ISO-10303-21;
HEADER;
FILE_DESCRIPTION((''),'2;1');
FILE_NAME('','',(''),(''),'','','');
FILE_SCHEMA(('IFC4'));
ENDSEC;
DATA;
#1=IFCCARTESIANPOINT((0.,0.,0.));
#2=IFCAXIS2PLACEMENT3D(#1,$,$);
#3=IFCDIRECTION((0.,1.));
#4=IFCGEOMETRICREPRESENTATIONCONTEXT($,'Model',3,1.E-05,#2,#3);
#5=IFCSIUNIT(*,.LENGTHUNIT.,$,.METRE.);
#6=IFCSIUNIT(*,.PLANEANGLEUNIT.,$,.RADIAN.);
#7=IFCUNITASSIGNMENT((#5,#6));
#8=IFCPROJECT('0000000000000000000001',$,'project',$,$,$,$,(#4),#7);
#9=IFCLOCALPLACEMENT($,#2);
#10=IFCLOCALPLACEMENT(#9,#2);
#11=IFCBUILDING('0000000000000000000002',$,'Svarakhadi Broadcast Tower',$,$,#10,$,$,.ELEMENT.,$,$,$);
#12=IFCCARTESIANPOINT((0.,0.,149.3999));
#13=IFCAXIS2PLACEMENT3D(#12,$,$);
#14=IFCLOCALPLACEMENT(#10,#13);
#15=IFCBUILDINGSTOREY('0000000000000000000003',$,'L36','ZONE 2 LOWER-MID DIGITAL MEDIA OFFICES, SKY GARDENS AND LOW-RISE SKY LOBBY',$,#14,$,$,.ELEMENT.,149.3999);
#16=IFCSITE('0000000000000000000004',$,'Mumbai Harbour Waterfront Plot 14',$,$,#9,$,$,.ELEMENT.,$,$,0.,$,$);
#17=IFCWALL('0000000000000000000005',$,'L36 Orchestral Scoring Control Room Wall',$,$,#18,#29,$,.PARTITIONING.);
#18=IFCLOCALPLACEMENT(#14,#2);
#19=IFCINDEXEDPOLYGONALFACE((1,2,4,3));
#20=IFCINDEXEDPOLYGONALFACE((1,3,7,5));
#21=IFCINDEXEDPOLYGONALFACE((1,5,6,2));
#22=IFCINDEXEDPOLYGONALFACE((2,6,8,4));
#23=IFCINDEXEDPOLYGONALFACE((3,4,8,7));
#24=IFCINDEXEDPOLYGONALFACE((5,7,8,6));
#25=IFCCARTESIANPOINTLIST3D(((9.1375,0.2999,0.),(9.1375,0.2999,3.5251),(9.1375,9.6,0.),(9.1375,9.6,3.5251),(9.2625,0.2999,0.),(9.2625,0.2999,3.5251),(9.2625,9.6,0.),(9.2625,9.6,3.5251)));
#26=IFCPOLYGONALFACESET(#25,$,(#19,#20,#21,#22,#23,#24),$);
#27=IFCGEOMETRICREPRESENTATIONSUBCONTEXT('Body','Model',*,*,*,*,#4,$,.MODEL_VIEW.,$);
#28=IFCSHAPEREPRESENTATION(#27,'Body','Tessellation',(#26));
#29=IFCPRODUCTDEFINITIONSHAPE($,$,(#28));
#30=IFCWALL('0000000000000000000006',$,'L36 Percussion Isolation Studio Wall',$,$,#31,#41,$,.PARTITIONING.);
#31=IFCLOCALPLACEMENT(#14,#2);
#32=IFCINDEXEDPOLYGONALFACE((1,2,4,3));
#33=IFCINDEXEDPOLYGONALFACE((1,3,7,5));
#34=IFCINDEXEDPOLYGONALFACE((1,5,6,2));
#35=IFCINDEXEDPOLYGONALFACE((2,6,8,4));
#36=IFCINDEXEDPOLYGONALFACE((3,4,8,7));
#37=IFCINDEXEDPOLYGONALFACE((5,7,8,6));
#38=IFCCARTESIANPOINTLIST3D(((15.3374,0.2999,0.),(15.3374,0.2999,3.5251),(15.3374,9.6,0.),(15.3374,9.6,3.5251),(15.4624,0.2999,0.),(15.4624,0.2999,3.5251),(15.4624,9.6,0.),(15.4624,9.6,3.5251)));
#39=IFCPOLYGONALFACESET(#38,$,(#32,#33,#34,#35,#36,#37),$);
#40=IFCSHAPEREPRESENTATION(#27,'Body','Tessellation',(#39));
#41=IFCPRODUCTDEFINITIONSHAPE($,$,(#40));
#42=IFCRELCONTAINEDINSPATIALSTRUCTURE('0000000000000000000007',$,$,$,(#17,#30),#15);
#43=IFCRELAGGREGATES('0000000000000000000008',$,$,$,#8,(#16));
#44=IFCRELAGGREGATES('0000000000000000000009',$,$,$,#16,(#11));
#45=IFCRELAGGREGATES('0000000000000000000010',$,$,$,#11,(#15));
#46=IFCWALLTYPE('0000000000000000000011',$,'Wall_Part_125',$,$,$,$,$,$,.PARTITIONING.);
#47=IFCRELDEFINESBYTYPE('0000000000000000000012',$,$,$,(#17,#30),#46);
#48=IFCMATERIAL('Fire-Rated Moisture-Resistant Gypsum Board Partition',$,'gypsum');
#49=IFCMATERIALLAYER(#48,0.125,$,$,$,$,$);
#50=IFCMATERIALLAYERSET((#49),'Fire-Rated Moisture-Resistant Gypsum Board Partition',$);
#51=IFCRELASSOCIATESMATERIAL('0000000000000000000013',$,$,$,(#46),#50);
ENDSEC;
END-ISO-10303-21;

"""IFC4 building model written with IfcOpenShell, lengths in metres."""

from ifc_helpers import new_model, si_unit, direction, frame, frame_2d, origin, place, context, subcontext, project, spatial, rectangle, extrude, material, layer, layer_set, type_object, element, save


model = new_model("IFC4")

# Units and contexts
model_context = context("Model", 3, precision=1e-05, world=origin(), true_north=direction((0.0, 1.0)))
body_context = subcontext(model_context, "Body", "Model", "MODEL_VIEW")
ifc_project = project(units=[si_unit("LENGTHUNIT", "METRE"), si_unit("PLANEANGLEUNIT", "RADIAN")], contexts=[model_context])

# Site, building, storey
site_placement = place(None, origin())
site = spatial("IfcSite", under=ifc_project, at=site_placement, Name="Mumbai Harbour Waterfront Plot 14", CompositionType="ELEMENT", RefElevation=0.0)
building_placement = place(site_placement, origin())
building = spatial("IfcBuilding", under=site, at=building_placement, Name="Svarakhadi Broadcast Tower", CompositionType="ELEMENT")
storey_placement = place(building_placement, frame((0.0, 0.0, 149.3999)))
storey = spatial("IfcBuildingStorey", under=building, at=storey_placement, Name="L36", Description="ZONE 2 LOWER-MID DIGITAL MEDIA OFFICES, SKY GARDENS AND LOW-RISE SKY LOBBY", CompositionType="ELEMENT", Elevation=149.3999)

# Walls
ifc_material_1 = material(Name="Fire-Rated Moisture-Resistant Gypsum Board Partition", Category="gypsum")
ifc_layer_1 = layer(ifc_material_1, 0.125)
ifc_layer_set_1 = layer_set([ifc_layer_1], Name="Fire-Rated Moisture-Resistant Gypsum Board Partition")
wall_type_1 = type_object("IfcWallType", Name="Wall_Part_125", PredefinedType="PARTITIONING", material=ifc_layer_set_1)
for number, where, z_axis, x_axis, name in (
    (1, (9.2, 0.3, 0.0), (0.0, 0.0, 1.0), (0.0, 1.0, 0.0), "L36 Orchestral Scoring Control Room Wall"),
    (2, (15.3999, 0.3, 0.0), (0.0, 0.0, 1.0), (0.0, 1.0, 0.0), "L36 Percussion Isolation Studio Wall"),
):
    element("IfcWall", number, at=place(storey_placement, frame(where, z_axis=z_axis, x_axis=x_axis)), inside=storey, type_object=wall_type_1, Name=name, PredefinedType="PARTITIONING", context=body_context, shape_type="SweptSolid", body=[
        extrude(rectangle(XDim=9.3, YDim=0.125, at=frame_2d((4.6499, 0.0))), origin(), (0.0, 0.0, 1.0), 3.5251),
    ])

save(model, "model.ifc")
